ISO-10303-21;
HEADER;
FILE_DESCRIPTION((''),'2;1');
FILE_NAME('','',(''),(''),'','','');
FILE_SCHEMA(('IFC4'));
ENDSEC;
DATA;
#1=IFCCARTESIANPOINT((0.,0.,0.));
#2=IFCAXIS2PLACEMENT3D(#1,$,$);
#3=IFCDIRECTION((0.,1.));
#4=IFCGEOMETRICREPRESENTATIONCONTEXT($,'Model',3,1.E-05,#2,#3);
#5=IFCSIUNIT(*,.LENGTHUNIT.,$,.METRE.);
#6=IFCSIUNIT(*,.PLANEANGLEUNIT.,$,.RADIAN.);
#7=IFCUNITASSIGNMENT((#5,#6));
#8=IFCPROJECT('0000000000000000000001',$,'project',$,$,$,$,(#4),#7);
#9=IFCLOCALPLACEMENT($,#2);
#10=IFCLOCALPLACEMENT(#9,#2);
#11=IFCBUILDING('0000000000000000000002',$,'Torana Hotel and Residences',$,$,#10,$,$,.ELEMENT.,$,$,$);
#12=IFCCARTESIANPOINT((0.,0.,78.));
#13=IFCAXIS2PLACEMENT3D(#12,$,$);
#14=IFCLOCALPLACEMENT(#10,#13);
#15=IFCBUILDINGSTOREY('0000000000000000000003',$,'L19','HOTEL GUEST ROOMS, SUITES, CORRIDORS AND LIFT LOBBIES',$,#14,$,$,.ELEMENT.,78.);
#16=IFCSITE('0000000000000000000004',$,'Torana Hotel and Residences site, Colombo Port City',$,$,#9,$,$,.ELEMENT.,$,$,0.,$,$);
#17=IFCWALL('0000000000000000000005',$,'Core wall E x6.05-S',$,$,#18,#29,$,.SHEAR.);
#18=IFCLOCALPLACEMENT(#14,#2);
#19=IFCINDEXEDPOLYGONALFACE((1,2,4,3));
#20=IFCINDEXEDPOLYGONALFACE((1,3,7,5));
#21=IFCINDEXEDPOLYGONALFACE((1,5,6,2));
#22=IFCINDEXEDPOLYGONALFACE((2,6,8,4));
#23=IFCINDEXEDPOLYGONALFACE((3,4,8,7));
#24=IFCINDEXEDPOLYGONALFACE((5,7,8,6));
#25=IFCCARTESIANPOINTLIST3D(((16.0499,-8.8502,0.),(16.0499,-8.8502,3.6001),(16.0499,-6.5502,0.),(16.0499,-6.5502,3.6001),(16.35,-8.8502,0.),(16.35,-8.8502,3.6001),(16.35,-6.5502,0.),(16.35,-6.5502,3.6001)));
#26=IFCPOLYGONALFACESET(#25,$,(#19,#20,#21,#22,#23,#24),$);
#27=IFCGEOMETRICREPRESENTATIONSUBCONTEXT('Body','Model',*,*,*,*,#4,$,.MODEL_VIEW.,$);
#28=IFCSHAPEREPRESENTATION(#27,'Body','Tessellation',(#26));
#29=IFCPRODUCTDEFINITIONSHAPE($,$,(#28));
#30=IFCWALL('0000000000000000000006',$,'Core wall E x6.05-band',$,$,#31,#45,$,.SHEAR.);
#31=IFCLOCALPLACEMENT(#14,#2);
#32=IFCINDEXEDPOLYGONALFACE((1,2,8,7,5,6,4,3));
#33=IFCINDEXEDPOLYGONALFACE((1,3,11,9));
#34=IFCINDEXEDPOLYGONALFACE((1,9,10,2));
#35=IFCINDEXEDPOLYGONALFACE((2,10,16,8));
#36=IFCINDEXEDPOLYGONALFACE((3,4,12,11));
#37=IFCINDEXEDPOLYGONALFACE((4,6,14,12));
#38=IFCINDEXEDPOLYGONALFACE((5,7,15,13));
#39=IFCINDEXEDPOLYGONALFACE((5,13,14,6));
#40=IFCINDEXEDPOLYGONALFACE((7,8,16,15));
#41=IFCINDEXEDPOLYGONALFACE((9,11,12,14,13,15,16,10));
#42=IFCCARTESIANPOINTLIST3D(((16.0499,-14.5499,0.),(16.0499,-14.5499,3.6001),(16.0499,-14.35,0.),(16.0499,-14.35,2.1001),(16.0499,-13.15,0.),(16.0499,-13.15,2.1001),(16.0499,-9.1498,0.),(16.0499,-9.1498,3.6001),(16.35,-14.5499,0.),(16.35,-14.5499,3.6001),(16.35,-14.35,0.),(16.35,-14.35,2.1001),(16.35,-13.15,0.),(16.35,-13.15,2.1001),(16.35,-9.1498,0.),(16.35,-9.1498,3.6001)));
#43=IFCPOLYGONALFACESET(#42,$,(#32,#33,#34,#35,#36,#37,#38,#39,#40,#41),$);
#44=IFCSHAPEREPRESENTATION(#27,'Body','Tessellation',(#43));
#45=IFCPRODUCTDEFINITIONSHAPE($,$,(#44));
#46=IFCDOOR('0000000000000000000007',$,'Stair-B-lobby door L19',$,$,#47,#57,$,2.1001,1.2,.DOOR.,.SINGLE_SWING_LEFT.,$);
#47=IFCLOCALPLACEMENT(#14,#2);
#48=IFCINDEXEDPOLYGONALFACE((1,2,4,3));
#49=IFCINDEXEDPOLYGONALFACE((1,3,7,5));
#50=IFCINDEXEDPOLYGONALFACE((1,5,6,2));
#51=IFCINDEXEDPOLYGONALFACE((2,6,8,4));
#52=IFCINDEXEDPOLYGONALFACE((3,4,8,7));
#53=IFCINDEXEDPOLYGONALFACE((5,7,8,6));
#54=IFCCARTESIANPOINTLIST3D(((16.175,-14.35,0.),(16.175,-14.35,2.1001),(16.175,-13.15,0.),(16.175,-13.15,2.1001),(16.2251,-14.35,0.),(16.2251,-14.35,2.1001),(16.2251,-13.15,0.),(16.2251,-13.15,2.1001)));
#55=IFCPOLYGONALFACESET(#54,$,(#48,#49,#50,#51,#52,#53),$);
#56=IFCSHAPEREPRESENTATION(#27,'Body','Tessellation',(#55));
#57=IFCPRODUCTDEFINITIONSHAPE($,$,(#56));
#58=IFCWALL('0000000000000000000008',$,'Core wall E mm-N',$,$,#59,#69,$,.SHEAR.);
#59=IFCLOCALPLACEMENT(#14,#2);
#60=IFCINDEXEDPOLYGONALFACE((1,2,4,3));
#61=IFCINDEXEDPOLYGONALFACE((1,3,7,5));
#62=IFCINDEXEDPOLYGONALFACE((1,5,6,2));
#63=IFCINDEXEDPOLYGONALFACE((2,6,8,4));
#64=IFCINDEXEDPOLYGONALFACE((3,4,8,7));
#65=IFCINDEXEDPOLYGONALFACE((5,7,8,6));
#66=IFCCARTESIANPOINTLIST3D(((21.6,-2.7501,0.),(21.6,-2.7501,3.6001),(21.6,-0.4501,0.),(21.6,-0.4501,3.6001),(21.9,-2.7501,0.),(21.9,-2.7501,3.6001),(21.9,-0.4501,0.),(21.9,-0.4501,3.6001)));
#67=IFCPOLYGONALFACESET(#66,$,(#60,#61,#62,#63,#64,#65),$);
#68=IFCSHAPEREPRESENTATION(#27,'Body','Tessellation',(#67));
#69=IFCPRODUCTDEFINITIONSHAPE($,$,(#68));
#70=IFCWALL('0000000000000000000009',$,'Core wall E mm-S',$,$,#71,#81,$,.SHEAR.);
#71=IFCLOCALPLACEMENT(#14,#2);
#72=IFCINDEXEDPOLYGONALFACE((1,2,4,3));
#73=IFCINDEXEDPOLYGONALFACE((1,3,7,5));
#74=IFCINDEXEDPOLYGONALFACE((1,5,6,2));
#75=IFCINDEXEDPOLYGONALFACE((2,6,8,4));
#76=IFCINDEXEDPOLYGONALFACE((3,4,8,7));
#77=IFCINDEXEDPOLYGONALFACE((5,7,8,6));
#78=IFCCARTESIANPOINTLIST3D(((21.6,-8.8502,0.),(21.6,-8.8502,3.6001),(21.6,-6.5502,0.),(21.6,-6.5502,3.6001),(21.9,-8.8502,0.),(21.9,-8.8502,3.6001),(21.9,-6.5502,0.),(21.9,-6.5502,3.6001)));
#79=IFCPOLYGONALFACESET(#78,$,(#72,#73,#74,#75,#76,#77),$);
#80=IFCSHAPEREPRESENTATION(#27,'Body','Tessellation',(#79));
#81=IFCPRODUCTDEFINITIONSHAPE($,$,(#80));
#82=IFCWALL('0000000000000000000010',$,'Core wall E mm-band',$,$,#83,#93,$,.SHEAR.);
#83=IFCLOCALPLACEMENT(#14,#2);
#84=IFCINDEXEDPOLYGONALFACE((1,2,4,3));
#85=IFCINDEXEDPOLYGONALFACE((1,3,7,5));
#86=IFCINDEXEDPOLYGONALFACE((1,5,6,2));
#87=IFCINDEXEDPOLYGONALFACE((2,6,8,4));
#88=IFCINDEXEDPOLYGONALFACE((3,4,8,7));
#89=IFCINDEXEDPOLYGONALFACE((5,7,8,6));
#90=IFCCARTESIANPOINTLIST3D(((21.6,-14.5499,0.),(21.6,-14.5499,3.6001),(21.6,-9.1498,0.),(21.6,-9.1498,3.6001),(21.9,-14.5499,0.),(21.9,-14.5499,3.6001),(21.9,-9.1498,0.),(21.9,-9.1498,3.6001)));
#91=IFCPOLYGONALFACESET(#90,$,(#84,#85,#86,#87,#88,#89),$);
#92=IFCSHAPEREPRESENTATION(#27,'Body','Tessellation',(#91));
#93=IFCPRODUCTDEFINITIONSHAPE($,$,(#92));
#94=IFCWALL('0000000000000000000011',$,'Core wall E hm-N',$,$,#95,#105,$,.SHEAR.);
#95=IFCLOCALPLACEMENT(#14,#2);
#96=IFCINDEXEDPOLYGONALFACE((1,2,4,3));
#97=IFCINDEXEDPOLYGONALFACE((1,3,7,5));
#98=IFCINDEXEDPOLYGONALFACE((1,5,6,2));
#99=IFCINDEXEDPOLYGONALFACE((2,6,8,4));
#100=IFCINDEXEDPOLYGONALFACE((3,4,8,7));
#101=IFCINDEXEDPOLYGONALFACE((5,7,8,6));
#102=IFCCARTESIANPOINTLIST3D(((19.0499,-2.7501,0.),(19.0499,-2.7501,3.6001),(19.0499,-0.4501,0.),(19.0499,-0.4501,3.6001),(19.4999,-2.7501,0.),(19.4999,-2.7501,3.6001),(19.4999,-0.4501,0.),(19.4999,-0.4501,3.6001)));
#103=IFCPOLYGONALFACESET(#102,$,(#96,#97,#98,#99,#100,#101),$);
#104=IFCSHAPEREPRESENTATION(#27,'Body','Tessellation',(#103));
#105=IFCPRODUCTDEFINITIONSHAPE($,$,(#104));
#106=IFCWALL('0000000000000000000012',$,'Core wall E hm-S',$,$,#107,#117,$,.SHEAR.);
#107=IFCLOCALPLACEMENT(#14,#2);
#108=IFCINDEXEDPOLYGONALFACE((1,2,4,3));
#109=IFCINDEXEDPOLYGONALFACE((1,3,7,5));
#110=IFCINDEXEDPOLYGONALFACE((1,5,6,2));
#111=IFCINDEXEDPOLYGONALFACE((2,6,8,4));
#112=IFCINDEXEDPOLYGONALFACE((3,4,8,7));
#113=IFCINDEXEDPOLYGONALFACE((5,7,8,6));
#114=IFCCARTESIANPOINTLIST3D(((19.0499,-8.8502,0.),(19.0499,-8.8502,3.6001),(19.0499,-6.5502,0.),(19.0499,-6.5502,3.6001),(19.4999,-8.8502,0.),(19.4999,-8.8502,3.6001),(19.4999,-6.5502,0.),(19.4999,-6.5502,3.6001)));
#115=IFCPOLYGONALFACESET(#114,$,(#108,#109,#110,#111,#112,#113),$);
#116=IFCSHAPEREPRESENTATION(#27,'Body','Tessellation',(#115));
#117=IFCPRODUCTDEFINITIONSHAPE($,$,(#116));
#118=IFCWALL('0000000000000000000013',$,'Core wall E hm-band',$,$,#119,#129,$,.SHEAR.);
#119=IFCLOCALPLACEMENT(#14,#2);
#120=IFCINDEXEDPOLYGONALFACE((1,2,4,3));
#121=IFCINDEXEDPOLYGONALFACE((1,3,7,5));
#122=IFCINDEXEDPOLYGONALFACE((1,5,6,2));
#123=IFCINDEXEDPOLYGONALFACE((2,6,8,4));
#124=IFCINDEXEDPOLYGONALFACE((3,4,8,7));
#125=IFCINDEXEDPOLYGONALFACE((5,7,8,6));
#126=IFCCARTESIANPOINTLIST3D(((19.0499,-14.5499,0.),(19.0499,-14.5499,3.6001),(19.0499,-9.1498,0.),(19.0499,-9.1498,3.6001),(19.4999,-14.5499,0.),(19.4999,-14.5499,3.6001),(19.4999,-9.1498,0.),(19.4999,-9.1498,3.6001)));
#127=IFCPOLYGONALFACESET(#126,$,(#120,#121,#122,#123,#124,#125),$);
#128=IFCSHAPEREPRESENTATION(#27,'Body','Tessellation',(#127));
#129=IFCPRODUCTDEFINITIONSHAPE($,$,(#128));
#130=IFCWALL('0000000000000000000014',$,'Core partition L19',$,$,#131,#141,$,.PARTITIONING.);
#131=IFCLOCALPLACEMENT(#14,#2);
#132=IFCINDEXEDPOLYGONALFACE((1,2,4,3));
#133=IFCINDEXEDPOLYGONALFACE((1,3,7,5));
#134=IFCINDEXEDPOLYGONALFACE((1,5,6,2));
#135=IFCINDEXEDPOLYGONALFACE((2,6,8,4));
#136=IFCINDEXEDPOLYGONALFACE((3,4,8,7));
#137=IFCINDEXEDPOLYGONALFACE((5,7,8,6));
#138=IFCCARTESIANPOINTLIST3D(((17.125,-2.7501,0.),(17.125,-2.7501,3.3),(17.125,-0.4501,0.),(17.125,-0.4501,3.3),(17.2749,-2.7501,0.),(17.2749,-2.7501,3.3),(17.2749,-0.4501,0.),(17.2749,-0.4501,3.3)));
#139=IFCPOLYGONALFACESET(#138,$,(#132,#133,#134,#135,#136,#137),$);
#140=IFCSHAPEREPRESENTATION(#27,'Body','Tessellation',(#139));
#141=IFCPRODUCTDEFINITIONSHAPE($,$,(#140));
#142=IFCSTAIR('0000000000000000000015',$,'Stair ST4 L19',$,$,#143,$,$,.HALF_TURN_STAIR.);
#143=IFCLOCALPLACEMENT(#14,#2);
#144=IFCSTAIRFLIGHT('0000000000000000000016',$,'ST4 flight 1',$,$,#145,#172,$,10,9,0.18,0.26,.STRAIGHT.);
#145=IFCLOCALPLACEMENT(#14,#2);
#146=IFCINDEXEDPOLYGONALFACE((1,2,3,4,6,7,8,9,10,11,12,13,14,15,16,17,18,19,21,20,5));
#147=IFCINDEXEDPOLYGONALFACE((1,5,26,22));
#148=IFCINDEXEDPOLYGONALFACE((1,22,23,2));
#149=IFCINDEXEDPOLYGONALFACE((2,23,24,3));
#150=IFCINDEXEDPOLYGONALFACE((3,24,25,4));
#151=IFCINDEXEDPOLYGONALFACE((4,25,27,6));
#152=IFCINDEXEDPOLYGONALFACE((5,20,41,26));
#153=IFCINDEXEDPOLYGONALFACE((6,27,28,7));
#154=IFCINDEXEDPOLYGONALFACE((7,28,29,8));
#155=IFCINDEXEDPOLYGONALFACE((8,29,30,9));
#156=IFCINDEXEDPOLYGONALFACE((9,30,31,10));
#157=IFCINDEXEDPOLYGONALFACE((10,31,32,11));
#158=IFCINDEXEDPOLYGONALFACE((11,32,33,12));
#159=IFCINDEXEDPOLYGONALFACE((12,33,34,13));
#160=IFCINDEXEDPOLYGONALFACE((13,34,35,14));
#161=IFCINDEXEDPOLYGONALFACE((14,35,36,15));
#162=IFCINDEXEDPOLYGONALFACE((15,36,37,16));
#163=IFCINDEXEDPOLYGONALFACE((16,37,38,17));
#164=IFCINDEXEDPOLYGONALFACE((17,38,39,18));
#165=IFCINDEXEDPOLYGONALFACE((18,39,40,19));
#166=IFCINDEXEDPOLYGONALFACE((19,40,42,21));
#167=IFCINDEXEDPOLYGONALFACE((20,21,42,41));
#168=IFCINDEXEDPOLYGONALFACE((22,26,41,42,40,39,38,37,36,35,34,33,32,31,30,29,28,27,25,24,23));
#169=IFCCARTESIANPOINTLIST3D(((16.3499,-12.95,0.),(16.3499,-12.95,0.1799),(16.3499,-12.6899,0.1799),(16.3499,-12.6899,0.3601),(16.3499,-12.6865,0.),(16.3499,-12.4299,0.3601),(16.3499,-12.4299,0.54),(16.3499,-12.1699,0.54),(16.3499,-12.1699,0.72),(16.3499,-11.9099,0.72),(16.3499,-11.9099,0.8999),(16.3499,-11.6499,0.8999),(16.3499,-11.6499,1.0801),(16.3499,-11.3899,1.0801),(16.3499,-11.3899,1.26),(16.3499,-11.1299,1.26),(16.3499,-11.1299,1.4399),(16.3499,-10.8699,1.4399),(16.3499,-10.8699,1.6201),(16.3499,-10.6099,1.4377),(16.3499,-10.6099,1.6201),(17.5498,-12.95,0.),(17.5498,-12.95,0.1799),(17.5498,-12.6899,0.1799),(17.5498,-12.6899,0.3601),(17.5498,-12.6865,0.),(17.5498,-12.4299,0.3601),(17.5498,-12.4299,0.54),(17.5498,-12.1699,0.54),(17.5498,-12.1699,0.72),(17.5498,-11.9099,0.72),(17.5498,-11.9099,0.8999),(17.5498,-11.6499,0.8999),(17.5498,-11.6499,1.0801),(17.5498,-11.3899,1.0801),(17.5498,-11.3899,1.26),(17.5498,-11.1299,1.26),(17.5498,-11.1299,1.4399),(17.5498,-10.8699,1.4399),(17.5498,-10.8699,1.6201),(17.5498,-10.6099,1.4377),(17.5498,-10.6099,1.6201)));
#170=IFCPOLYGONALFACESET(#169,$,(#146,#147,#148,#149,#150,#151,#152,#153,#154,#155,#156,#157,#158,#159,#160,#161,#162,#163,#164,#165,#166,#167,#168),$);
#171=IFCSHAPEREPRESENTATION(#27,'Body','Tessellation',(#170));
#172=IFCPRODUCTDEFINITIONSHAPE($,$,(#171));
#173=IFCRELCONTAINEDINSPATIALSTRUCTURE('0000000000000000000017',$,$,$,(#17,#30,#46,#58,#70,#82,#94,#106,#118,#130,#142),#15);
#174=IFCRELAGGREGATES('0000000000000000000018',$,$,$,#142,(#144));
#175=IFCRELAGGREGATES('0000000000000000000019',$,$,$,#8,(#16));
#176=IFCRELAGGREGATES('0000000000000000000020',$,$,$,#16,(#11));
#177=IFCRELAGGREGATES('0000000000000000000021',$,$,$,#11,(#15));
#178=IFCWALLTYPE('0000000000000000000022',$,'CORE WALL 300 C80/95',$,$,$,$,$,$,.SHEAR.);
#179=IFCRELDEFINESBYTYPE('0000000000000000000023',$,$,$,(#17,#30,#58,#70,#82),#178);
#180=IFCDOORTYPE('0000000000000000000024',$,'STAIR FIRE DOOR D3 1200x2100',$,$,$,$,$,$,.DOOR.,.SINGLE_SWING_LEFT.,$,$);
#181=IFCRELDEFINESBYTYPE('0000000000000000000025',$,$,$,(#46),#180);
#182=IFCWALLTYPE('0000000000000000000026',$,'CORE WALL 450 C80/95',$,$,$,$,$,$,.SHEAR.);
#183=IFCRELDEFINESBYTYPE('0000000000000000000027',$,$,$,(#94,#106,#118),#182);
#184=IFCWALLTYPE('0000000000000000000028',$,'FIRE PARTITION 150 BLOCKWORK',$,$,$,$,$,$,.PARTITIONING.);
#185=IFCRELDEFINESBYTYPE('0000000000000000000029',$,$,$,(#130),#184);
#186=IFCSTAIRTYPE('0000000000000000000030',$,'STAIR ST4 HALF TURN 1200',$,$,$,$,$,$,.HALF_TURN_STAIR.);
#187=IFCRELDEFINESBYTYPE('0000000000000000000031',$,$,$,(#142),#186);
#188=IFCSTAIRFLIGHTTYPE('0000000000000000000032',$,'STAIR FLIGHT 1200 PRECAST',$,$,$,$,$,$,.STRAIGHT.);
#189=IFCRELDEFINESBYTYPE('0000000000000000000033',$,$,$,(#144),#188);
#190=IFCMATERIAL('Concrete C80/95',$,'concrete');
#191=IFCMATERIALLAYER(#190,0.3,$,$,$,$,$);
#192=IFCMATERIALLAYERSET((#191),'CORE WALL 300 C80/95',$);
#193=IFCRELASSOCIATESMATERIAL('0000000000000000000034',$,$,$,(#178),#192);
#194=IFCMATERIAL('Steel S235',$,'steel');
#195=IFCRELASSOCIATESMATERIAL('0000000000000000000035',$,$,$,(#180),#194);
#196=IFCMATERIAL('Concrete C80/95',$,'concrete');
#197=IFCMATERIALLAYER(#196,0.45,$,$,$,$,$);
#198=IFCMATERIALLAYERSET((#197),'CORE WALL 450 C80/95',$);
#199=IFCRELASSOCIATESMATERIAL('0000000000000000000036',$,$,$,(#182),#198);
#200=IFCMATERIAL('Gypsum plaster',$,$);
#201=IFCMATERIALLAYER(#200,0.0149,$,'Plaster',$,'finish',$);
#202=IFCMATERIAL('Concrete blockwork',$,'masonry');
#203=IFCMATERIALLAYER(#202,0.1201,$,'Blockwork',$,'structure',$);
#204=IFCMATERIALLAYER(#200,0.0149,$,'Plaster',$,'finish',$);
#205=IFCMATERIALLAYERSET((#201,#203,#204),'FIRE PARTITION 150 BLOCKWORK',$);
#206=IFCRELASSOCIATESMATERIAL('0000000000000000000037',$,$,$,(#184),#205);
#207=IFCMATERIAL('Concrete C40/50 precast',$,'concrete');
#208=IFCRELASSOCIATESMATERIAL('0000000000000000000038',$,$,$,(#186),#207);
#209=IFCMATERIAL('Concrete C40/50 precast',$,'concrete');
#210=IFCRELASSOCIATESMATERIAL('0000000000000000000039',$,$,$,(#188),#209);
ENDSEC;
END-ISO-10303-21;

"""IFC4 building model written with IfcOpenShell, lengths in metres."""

from ifc_helpers import new_model, si_unit, direction, frame, frame_2d, origin, place, context, subcontext, project, spatial, polyline, rectangle, outline, extrude, material, layer, layer_set, type_object, element, fill, aggregate, save


model = new_model("IFC4")

# Units and contexts
model_context = context("Model", 3, precision=1e-05, world=origin(), true_north=direction((0.0, 1.0)))
body_context = subcontext(model_context, "Body", "Model", "MODEL_VIEW")
ifc_project = project(units=[si_unit("LENGTHUNIT", "METRE"), si_unit("PLANEANGLEUNIT", "RADIAN")], contexts=[model_context])

# Site, building, storey
site_placement = place(None, origin())
site = spatial("IfcSite", under=ifc_project, at=site_placement, Name="Torana Hotel and Residences site, Colombo Port City", CompositionType="ELEMENT", RefElevation=0.0)
building_placement = place(site_placement, origin())
building = spatial("IfcBuilding", under=site, at=building_placement, Name="Torana Hotel and Residences", CompositionType="ELEMENT")
storey_placement = place(building_placement, frame((0.0, 0.0, 78.0)))
storey = spatial("IfcBuildingStorey", under=building, at=storey_placement, Name="L19", Description="HOTEL GUEST ROOMS, SUITES, CORRIDORS AND LIFT LOBBIES", CompositionType="ELEMENT", Elevation=78.0)

# Wall
ifc_material_1 = material(Name="Concrete C80/95", Category="concrete")
ifc_layer_1 = layer(ifc_material_1, 0.3)
ifc_layer_set_1 = layer_set([ifc_layer_1], Name="CORE WALL 300 C80/95")
wall_type_1 = type_object("IfcWallType", Name="CORE WALL 300 C80/95", PredefinedType="SHEAR", material=ifc_layer_set_1)
wall_1_placement = place(storey_placement, frame((16.2, -8.8501, 0.0), z_axis=(0.0, 0.0, 1.0), x_axis=(0.0, 1.0, 0.0)))
element("IfcWall", 1, at=wall_1_placement, inside=storey, type_object=wall_type_1, Name="Core wall E x6.05-S", PredefinedType="SHEAR", context=body_context, shape_type="SweptSolid", body=[
    extrude(rectangle(XDim=2.3, YDim=0.3, at=frame_2d((1.1499, 0.0))), origin(), (0.0, 0.0, 1.0), 3.6001),
])

# Wall, opening, door
wall_2_placement = place(storey_placement, frame((16.2, -14.55, 0.0), z_axis=(0.0, 0.0, 1.0), x_axis=(0.0, 1.0, 0.0)))
wall_2 = element("IfcWall", 2, at=wall_2_placement, inside=storey, type_object=wall_type_1, Name="Core wall E x6.05-band", PredefinedType="SHEAR", context=body_context, shape_type="SweptSolid", body=[
    extrude(rectangle(XDim=5.4001, YDim=0.3, at=frame_2d((2.7002, 0.0))), origin(), (0.0, 0.0, 1.0), 3.6001),
])
opening_placement = place(wall_2_placement, frame((0.2, 0.0, 0.0)))
opening = element("IfcOpeningElement", 3, at=opening_placement, cuts=wall_2, PredefinedType="OPENING", context=body_context, shape_type="SweptSolid", body=[
    extrude(rectangle(XDim=1.2, YDim=2.1001, at=frame_2d((0.6001, 1.05))), frame((0.0, 0.1599, 0.0), z_axis=(0.0, -1.0, 0.0), x_axis=(1.0, 0.0, 0.0)), (0.0, 0.0, 1.0), 0.3201),
])
ifc_material_2 = material(Name="Steel S235", Category="steel")
door_type = type_object("IfcDoorType", Name="STAIR FIRE DOOR D3 1200x2100", OperationType="SINGLE_SWING_LEFT", PredefinedType="DOOR", material=ifc_material_2)
door_placement = place(opening_placement, frame((0.6001, 0.0, 0.0), z_axis=(0.0, 0.0, 1.0), x_axis=(-1.0, 0.0, 0.0)))
door = element("IfcDoor", 4, at=door_placement, inside=storey, type_object=door_type, Name="Stair-B-lobby door L19", OperationType="SINGLE_SWING_LEFT", OverallHeight=2.1001, OverallWidth=1.2, PredefinedType="DOOR", context=body_context, shape_type="SweptSolid", body=[
    extrude(rectangle(XDim=1.2, YDim=2.1001, at=frame_2d((0.0, 1.05))), frame((0.0, -0.0249, 0.0), z_axis=(0.0, 1.0, 0.0), x_axis=(-1.0, 0.0, 0.0)), (0.0, 0.0, 1.0), 0.05),
])
fill(opening, door)

# Walls
for number, where, z_axis, x_axis, name in (
    (5, (21.75, -2.75, 0.0), (0.0, 0.0, 1.0), (0.0, 1.0, 0.0), "Core wall E mm-N"),
    (6, (21.75, -8.8501, 0.0), (0.0, 0.0, 1.0), (0.0, 1.0, 0.0), "Core wall E mm-S"),
):
    element("IfcWall", number, at=place(storey_placement, frame(where, z_axis=z_axis, x_axis=x_axis)), inside=storey, type_object=wall_type_1, Name=name, PredefinedType="SHEAR", context=body_context, shape_type="SweptSolid", body=[
        extrude(rectangle(XDim=2.3, YDim=0.3, at=frame_2d((1.1499, 0.0))), origin(), (0.0, 0.0, 1.0), 3.6001),
    ])
wall_3_placement = place(storey_placement, frame((21.75, -14.55, 0.0), z_axis=(0.0, 0.0, 1.0), x_axis=(0.0, 1.0, 0.0)))
element("IfcWall", 7, at=wall_3_placement, inside=storey, type_object=wall_type_1, Name="Core wall E mm-band", PredefinedType="SHEAR", context=body_context, shape_type="SweptSolid", body=[
    extrude(rectangle(XDim=5.4001, YDim=0.3, at=frame_2d((2.7002, 0.0))), origin(), (0.0, 0.0, 1.0), 3.6001),
])
ifc_material_3 = material(Name="Concrete C80/95", Category="concrete")
ifc_layer_2 = layer(ifc_material_3, 0.45)
ifc_layer_set_2 = layer_set([ifc_layer_2], Name="CORE WALL 450 C80/95")
wall_type_2 = type_object("IfcWallType", Name="CORE WALL 450 C80/95", PredefinedType="SHEAR", material=ifc_layer_set_2)
for number, where, z_axis, x_axis, name in (
    (8, (19.2749, -2.75, 0.0), (0.0, 0.0, 1.0), (0.0, 1.0, 0.0), "Core wall E hm-N"),
    (9, (19.2749, -8.8501, 0.0), (0.0, 0.0, 1.0), (0.0, 1.0, 0.0), "Core wall E hm-S"),
):
    element("IfcWall", number, at=place(storey_placement, frame(where, z_axis=z_axis, x_axis=x_axis)), inside=storey, type_object=wall_type_2, Name=name, PredefinedType="SHEAR", context=body_context, shape_type="SweptSolid", body=[
        extrude(rectangle(XDim=2.3, YDim=0.45, at=frame_2d((1.1499, 0.0))), origin(), (0.0, 0.0, 1.0), 3.6001),
    ])
wall_4_placement = place(storey_placement, frame((19.2749, -14.55, 0.0), z_axis=(0.0, 0.0, 1.0), x_axis=(0.0, 1.0, 0.0)))
element("IfcWall", 10, at=wall_4_placement, inside=storey, type_object=wall_type_2, Name="Core wall E hm-band", PredefinedType="SHEAR", context=body_context, shape_type="SweptSolid", body=[
    extrude(rectangle(XDim=5.4001, YDim=0.45, at=frame_2d((2.7002, 0.0))), origin(), (0.0, 0.0, 1.0), 3.6001),
])
ifc_material_4 = material(Name="Gypsum plaster")
ifc_layer_3 = layer(ifc_material_4, 0.0149, Name="Plaster", Category="finish")
ifc_material_5 = material(Name="Concrete blockwork", Category="masonry")
ifc_layer_4 = layer(ifc_material_5, 0.1201, Name="Blockwork", Category="structure")
ifc_layer_5 = layer(ifc_material_4, 0.0149, Name="Plaster", Category="finish")
ifc_layer_set_3 = layer_set([ifc_layer_3, ifc_layer_4, ifc_layer_5], Name="FIRE PARTITION 150 BLOCKWORK")
wall_type_3 = type_object("IfcWallType", Name="FIRE PARTITION 150 BLOCKWORK", PredefinedType="PARTITIONING", material=ifc_layer_set_3)
wall_5_placement = place(storey_placement, frame((17.2, -2.75, 0.0), z_axis=(0.0, 0.0, 1.0), x_axis=(0.0, 1.0, 0.0)))
element("IfcWall", 11, at=wall_5_placement, inside=storey, type_object=wall_type_3, Name="Core partition L19", PredefinedType="PARTITIONING", context=body_context, shape_type="SweptSolid", body=[
    extrude(rectangle(XDim=2.3, YDim=0.1499, at=frame_2d((1.1499, 0.0))), origin(), (0.0, 0.0, 1.0), 3.3),
])

# Stair, stair flight
ifc_material_6 = material(Name="Concrete C40/50 precast", Category="concrete")
stair_type = type_object("IfcStairType", Name="STAIR ST4 HALF TURN 1200", PredefinedType="HALF_TURN_STAIR", material=ifc_material_6)
stair_placement = place(storey_placement, origin())
stair = element("IfcStair", 12, at=stair_placement, inside=storey, type_object=stair_type, Name="Stair ST4 L19", PredefinedType="HALF_TURN_STAIR")
ifc_material_7 = material(Name="Concrete C40/50 precast", Category="concrete")
stair_flight_type = type_object("IfcStairFlightType", Name="STAIR FLIGHT 1200 PRECAST", PredefinedType="STRAIGHT", material=ifc_material_7)
stair_flight_1_placement = place(storey_placement, frame((16.95, -12.95, 0.0), z_axis=(0.0, 0.0, 1.0), x_axis=(0.0, 1.0, 0.0)))
stair_flight_1 = element("IfcStairFlight", 13, at=stair_flight_1_placement, type_object=stair_flight_type, Name="ST4 flight 1", NumberOfRisers=10, NumberOfTreads=9, PredefinedType="STRAIGHT", RiserHeight=0.18, TreadLength=0.26, context=body_context, shape_type="SweptSolid", body=[
    extrude(outline(polyline([(0.0, 0.0), (0.0, 0.1799), (0.26, 0.1799), (0.26, 0.3601), (0.52, 0.3601), (0.52, 0.54), (0.78, 0.54), (0.78, 0.72), (1.04, 0.72), (1.04, 0.8999), (1.3, 0.8999), (1.3, 1.0801), (1.5601, 1.0801), (1.5601, 1.26), (1.8201, 1.26), (1.8201, 1.4399), (2.0801, 1.4399), (2.0801, 1.6201), (2.3401, 1.6201), (2.3401, 1.8), (2.3401, 1.4377), (0.2634, 0.0), (0.0, 0.0)])), frame((0.0, 0.6001, 0.0), z_axis=(0.0, -1.0, 0.0), x_axis=(1.0, 0.0, 0.0)), (0.0, 0.0, 1.0), 1.2),
])
aggregate(stair, [stair_flight_1])

save(model, "model.ifc")
